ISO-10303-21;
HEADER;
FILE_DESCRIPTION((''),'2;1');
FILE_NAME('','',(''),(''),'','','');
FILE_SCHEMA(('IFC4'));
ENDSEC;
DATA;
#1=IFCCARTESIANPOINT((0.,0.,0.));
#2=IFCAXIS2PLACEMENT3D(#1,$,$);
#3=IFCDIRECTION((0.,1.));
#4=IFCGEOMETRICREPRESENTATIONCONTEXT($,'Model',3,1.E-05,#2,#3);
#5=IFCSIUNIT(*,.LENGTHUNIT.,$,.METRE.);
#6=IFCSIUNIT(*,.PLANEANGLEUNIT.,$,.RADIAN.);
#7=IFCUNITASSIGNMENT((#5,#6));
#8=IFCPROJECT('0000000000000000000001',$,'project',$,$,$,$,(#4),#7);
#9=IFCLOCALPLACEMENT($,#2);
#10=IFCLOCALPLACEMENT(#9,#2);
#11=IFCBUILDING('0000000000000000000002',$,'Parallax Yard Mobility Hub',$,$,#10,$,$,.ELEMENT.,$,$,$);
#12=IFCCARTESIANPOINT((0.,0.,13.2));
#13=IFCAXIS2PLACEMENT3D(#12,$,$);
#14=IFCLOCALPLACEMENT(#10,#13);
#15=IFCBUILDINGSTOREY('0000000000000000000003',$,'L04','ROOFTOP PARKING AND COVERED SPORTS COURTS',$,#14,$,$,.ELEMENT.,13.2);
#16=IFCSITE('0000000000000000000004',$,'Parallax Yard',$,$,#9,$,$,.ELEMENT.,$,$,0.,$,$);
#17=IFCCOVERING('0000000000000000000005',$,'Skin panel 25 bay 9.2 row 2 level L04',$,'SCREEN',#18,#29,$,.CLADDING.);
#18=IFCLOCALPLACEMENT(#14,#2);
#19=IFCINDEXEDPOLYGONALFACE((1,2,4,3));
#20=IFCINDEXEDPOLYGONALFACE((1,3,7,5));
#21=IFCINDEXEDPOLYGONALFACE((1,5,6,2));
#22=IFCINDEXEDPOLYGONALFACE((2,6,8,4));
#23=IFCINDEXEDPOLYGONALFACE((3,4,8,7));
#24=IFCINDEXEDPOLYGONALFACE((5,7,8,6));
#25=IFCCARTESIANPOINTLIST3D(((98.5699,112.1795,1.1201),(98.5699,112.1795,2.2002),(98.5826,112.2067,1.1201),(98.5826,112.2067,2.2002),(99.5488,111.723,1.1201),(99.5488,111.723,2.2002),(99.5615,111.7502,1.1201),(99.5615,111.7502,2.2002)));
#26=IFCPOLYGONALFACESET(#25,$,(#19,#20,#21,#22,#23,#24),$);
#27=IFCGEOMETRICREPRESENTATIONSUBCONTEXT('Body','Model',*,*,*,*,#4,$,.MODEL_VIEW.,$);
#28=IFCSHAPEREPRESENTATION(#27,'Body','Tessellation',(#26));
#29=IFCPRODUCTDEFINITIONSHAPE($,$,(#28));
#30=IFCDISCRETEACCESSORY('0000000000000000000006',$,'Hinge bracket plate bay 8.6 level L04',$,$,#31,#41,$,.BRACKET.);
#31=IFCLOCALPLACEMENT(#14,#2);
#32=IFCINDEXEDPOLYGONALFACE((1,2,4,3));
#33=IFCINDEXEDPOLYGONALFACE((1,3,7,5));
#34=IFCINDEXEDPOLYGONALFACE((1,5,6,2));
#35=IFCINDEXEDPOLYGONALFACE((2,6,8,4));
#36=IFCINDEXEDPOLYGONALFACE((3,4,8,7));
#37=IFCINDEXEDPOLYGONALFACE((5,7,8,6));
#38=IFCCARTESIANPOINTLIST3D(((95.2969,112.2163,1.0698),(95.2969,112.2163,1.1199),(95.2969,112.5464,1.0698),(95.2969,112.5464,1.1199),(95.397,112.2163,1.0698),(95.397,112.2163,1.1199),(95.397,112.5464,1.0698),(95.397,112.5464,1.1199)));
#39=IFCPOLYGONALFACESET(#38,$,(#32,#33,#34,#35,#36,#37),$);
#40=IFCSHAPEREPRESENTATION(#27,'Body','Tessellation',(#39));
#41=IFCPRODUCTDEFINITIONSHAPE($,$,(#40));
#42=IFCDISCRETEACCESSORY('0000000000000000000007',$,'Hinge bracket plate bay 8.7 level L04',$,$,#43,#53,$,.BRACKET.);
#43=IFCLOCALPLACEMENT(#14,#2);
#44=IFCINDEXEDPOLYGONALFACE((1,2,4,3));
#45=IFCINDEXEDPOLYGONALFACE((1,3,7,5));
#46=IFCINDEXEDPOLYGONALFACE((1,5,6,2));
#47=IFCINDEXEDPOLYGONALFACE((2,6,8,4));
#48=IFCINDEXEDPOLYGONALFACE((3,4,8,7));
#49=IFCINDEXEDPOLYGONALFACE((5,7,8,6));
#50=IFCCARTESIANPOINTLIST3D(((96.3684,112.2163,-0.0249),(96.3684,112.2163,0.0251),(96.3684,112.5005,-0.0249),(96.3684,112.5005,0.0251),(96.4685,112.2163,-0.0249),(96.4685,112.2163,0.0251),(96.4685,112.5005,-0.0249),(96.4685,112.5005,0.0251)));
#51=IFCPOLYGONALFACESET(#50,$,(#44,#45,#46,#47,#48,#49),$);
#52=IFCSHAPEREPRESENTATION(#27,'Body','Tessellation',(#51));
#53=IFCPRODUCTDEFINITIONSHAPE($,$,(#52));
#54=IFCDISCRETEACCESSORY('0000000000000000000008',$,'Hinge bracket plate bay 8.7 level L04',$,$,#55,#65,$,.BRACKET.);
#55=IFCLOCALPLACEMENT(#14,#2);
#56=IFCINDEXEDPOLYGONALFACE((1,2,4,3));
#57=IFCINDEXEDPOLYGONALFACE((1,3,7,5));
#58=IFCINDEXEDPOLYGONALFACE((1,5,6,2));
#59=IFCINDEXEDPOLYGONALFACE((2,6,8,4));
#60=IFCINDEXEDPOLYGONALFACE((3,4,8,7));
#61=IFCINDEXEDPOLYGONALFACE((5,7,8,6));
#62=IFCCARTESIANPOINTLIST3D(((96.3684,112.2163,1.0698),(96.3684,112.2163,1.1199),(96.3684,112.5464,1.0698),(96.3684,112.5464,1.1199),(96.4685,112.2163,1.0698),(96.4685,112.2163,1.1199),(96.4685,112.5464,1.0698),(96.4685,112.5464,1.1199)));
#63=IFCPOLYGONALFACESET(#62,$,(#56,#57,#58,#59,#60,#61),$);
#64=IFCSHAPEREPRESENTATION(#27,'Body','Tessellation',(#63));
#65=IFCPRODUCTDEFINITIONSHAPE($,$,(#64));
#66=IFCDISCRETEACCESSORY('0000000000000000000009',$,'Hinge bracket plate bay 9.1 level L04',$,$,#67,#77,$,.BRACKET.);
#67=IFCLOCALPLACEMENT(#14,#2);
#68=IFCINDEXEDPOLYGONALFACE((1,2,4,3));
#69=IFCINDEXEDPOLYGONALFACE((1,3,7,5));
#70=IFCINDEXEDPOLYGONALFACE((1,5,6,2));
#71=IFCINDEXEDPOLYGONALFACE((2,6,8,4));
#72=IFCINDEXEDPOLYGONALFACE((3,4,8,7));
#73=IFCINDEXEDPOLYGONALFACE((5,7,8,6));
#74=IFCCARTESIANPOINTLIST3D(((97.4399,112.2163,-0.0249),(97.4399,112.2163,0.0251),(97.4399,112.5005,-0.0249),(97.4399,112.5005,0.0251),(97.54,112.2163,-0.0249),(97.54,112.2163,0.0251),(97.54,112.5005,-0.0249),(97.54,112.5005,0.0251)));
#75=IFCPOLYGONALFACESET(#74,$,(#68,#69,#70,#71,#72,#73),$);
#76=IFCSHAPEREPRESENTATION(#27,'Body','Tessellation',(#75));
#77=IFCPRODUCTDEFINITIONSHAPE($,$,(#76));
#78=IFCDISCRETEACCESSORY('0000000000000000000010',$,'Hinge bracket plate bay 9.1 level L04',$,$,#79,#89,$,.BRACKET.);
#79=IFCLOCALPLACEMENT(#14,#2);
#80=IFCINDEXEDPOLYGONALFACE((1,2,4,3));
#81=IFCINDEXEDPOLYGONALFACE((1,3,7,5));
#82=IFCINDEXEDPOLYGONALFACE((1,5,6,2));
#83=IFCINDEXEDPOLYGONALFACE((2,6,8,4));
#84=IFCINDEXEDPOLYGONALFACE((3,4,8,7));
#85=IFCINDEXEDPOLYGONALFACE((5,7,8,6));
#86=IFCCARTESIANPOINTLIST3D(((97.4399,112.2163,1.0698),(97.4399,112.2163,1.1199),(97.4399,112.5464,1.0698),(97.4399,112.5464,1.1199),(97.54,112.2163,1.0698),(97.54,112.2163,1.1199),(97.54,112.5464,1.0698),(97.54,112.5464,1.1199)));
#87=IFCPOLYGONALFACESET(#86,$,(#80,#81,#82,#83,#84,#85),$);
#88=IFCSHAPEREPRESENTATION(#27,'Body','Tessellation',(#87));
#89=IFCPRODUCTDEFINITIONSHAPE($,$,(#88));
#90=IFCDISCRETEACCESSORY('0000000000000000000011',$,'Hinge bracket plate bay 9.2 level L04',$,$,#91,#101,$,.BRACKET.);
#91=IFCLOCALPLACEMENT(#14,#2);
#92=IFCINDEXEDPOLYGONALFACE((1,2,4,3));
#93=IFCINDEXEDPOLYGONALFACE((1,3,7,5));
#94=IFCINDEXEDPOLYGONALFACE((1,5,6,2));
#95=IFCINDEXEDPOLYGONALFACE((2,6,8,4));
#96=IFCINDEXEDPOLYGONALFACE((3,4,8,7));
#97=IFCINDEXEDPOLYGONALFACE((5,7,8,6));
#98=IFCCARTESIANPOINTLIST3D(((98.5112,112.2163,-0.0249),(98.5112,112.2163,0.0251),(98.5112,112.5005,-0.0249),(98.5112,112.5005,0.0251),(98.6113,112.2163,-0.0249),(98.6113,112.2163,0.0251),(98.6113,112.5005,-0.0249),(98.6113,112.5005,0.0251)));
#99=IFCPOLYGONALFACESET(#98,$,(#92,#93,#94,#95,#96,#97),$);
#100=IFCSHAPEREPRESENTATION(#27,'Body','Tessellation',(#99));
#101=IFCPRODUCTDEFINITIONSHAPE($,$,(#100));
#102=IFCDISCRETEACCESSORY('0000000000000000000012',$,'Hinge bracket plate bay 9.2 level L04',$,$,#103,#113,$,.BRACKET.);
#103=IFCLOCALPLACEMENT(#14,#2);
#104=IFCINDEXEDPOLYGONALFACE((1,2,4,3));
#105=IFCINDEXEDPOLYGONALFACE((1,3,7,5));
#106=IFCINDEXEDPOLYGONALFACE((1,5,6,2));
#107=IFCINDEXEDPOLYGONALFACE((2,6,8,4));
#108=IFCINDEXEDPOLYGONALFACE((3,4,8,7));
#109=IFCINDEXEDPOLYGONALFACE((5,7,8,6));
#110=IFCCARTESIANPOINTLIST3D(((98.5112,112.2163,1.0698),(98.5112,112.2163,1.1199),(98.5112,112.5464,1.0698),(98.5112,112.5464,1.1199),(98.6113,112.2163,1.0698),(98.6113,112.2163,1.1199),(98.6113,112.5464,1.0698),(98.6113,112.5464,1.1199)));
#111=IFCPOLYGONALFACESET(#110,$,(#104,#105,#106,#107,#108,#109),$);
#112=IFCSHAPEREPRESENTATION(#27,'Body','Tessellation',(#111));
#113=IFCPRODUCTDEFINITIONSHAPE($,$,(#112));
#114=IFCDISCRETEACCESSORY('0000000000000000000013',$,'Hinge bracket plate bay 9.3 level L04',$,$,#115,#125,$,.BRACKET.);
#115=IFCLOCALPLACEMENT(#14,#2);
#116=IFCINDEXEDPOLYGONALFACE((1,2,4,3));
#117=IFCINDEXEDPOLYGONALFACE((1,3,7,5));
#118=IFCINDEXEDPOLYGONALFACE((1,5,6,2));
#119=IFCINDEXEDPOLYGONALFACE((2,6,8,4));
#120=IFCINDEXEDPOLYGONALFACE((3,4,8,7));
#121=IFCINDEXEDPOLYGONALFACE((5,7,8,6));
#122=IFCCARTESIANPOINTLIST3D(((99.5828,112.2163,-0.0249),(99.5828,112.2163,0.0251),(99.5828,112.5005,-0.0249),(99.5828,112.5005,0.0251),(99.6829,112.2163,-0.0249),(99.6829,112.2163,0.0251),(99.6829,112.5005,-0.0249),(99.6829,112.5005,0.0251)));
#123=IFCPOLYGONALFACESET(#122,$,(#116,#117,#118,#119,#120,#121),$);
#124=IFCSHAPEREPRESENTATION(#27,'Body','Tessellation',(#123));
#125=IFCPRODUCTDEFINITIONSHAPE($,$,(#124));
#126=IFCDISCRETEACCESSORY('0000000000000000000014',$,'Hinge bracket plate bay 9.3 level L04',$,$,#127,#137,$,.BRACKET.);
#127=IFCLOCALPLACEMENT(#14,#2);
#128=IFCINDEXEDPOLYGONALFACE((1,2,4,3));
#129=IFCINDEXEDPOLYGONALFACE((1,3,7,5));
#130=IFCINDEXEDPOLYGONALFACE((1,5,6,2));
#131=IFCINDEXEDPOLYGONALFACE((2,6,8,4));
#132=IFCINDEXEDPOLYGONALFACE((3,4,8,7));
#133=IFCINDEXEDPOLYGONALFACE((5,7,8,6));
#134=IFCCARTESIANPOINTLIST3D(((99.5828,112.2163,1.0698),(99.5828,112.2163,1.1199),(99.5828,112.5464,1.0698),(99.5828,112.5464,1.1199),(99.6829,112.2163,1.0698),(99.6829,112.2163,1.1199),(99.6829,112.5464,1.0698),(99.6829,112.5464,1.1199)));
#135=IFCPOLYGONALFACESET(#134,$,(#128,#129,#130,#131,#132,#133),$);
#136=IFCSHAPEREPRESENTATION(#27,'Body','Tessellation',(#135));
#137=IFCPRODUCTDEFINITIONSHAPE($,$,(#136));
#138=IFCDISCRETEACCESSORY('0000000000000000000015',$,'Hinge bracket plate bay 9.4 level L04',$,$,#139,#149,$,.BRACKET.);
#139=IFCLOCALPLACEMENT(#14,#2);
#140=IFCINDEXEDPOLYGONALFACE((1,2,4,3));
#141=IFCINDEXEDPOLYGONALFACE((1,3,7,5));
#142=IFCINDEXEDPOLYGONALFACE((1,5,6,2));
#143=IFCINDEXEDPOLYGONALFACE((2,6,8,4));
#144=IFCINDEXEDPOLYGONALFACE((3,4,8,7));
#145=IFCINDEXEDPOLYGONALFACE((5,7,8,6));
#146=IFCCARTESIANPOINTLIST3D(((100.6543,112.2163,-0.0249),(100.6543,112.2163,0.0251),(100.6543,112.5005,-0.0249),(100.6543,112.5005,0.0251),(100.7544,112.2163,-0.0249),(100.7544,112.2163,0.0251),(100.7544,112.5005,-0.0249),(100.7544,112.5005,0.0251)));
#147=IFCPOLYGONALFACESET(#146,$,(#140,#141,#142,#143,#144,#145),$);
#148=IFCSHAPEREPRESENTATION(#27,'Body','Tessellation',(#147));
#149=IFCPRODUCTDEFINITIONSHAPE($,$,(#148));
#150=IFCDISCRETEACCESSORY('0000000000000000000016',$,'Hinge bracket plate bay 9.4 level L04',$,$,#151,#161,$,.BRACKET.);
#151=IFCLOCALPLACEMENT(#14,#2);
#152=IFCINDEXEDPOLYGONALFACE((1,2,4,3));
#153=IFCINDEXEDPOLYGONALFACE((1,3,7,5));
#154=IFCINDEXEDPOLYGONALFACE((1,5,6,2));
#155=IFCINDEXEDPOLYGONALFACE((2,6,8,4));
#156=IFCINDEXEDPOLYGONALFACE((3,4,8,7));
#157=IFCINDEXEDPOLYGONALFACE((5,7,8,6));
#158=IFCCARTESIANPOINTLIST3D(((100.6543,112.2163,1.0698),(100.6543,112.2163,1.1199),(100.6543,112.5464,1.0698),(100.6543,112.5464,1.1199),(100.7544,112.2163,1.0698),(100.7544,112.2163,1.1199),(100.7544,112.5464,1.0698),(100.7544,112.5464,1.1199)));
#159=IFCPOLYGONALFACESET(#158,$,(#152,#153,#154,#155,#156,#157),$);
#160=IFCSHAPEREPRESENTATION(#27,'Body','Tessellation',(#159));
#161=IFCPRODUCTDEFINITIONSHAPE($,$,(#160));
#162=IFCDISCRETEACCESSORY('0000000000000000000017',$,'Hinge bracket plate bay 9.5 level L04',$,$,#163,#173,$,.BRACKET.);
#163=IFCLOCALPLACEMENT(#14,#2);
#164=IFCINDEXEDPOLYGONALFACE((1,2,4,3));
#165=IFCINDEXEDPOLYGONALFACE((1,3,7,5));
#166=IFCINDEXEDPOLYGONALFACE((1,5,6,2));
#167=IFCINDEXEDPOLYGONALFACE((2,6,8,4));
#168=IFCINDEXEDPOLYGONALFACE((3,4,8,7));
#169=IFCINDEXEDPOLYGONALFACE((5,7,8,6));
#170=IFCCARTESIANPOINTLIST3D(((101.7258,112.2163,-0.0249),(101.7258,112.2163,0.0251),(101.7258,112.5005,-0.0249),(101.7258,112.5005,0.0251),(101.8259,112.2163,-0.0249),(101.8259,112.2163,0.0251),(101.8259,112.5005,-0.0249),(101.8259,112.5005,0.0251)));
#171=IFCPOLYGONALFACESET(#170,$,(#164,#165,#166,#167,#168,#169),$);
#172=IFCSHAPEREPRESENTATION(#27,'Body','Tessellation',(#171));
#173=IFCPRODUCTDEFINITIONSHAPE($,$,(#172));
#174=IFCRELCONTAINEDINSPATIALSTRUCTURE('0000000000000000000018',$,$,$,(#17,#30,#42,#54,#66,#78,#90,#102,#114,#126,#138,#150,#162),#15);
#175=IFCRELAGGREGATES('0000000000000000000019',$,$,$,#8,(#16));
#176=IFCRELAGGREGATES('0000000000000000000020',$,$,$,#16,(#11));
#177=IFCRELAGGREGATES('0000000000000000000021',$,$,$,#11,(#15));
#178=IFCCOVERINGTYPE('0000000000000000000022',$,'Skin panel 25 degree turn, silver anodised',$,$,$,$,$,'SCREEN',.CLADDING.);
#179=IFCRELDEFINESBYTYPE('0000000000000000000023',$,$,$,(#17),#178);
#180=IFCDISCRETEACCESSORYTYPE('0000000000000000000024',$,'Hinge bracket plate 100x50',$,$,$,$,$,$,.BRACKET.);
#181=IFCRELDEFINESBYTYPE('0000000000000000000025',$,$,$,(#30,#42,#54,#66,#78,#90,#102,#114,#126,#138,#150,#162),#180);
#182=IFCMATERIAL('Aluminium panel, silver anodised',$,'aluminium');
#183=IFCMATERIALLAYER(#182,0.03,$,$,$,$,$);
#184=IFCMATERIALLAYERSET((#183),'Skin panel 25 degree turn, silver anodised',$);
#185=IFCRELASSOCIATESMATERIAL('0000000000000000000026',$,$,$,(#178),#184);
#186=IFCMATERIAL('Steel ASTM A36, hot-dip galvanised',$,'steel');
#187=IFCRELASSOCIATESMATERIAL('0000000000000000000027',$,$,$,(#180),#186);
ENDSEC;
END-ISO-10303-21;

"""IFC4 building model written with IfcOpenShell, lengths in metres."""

from ifc_helpers import new_model, si_unit, direction, frame, origin, origin_2d, place, context, subcontext, project, spatial, rectangle, extrude, material, layer, layer_set, type_object, element, save


model = new_model("IFC4")

# Units and contexts
model_context = context("Model", 3, precision=1e-05, world=origin(), true_north=direction((0.0, 1.0)))
body_context = subcontext(model_context, "Body", "Model", "MODEL_VIEW")
ifc_project = project(units=[si_unit("LENGTHUNIT", "METRE"), si_unit("PLANEANGLEUNIT", "RADIAN")], contexts=[model_context])

# Site, building, storey
site_placement = place(None, origin())
site = spatial("IfcSite", under=ifc_project, at=site_placement, Name="Parallax Yard", CompositionType="ELEMENT", RefElevation=0.0)
building_placement = place(site_placement, origin())
building = spatial("IfcBuilding", under=site, at=building_placement, Name="Parallax Yard Mobility Hub", CompositionType="ELEMENT")
storey_placement = place(building_placement, frame((0.0, 0.0, 13.2)))
storey = spatial("IfcBuildingStorey", under=building, at=storey_placement, Name="L04", Description="ROOFTOP PARKING AND COVERED SPORTS COURTS", CompositionType="ELEMENT", Elevation=13.2)

# Covering
ifc_material_1 = material(Name="Aluminium panel, silver anodised", Category="aluminium")
ifc_layer_1 = layer(ifc_material_1, 0.03)
ifc_layer_set_1 = layer_set([ifc_layer_1], Name="Skin panel 25 degree turn, silver anodised")
covering_type_1 = type_object("IfcCoveringType", Name="Skin panel 25 degree turn, silver anodised", ElementType="SCREEN", PredefinedType="CLADDING", material=ifc_layer_set_1)
for number, where, z_axis, x_axis, name in (
    (1, (99.0657, 111.9648, 1.1201), (0.0, 0.0, 1.0), (0.906308, -0.422618, 0.0), "Skin panel 25 bay 9.2 row 2 level L04"),
):
    element("IfcCovering", number, at=place(storey_placement, frame(where, z_axis=z_axis, x_axis=x_axis)), inside=storey, type_object=covering_type_1, Name=name, ObjectType="SCREEN", PredefinedType="CLADDING", context=body_context, shape_type="SweptSolid", body=[
        extrude(rectangle(XDim=1.0801, YDim=0.03, at=origin_2d()), origin(), (0.0, 0.0, 1.0), 1.0801),
    ])

# Discrete accessories
ifc_material_2 = material(Name="Steel ASTM A36, hot-dip galvanised", Category="steel")
discrete_accessory_type_1 = type_object("IfcDiscreteAccessoryType", Name="Hinge bracket plate 100x50", PredefinedType="BRACKET", material=ifc_material_2)
discrete_accessory_1_placement = place(storey_placement, frame((95.3469, 112.3813, 1.0698), z_axis=(0.0, 0.0, 1.0), x_axis=(0.0, -1.0, 0.0)))
element("IfcDiscreteAccessory", 2, at=discrete_accessory_1_placement, inside=storey, type_object=discrete_accessory_type_1, Name="Hinge bracket plate bay 8.6 level L04", PredefinedType="BRACKET", context=body_context, shape_type="SweptSolid", body=[
    extrude(rectangle(XDim=0.3301, YDim=0.1001, at=origin_2d()), origin(), (0.0, 0.0, 1.0), 0.05),
])
discrete_accessory_2_placement = place(storey_placement, frame((96.4185, 112.3584, -0.0249), z_axis=(0.0, 0.0, 1.0), x_axis=(0.0, -1.0, 0.0)))
element("IfcDiscreteAccessory", 3, at=discrete_accessory_2_placement, inside=storey, type_object=discrete_accessory_type_1, Name="Hinge bracket plate bay 8.7 level L04", PredefinedType="BRACKET", context=body_context, shape_type="SweptSolid", body=[
    extrude(rectangle(XDim=0.2842, YDim=0.1001, at=origin_2d()), origin(), (0.0, 0.0, 1.0), 0.05),
])
discrete_accessory_3_placement = place(storey_placement, frame((96.4185, 112.3813, 1.0698), z_axis=(0.0, 0.0, 1.0), x_axis=(0.0, -1.0, 0.0)))
element("IfcDiscreteAccessory", 4, at=discrete_accessory_3_placement, inside=storey, type_object=discrete_accessory_type_1, Name="Hinge bracket plate bay 8.7 level L04", PredefinedType="BRACKET", context=body_context, shape_type="SweptSolid", body=[
    extrude(rectangle(XDim=0.3301, YDim=0.1001, at=origin_2d()), origin(), (0.0, 0.0, 1.0), 0.05),
])
discrete_accessory_4_placement = place(storey_placement, frame((97.49, 112.3584, -0.0249), z_axis=(0.0, 0.0, 1.0), x_axis=(0.0, -1.0, 0.0)))
element("IfcDiscreteAccessory", 5, at=discrete_accessory_4_placement, inside=storey, type_object=discrete_accessory_type_1, Name="Hinge bracket plate bay 9.1 level L04", PredefinedType="BRACKET", context=body_context, shape_type="SweptSolid", body=[
    extrude(rectangle(XDim=0.2842, YDim=0.1001, at=origin_2d()), origin(), (0.0, 0.0, 1.0), 0.05),
])
discrete_accessory_5_placement = place(storey_placement, frame((97.49, 112.3813, 1.0698), z_axis=(0.0, 0.0, 1.0), x_axis=(0.0, -1.0, 0.0)))
element("IfcDiscreteAccessory", 6, at=discrete_accessory_5_placement, inside=storey, type_object=discrete_accessory_type_1, Name="Hinge bracket plate bay 9.1 level L04", PredefinedType="BRACKET", context=body_context, shape_type="SweptSolid", body=[
    extrude(rectangle(XDim=0.3301, YDim=0.1001, at=origin_2d()), origin(), (0.0, 0.0, 1.0), 0.05),
])
discrete_accessory_6_placement = place(storey_placement, frame((98.5613, 112.3584, -0.0249), z_axis=(0.0, 0.0, 1.0), x_axis=(0.0, -1.0, 0.0)))
element("IfcDiscreteAccessory", 7, at=discrete_accessory_6_placement, inside=storey, type_object=discrete_accessory_type_1, Name="Hinge bracket plate bay 9.2 level L04", PredefinedType="BRACKET", context=body_context, shape_type="SweptSolid", body=[
    extrude(rectangle(XDim=0.2842, YDim=0.1001, at=origin_2d()), origin(), (0.0, 0.0, 1.0), 0.05),
])
discrete_accessory_7_placement = place(storey_placement, frame((98.5613, 112.3813, 1.0698), z_axis=(0.0, 0.0, 1.0), x_axis=(0.0, -1.0, 0.0)))
element("IfcDiscreteAccessory", 8, at=discrete_accessory_7_placement, inside=storey, type_object=discrete_accessory_type_1, Name="Hinge bracket plate bay 9.2 level L04", PredefinedType="BRACKET", context=body_context, shape_type="SweptSolid", body=[
    extrude(rectangle(XDim=0.3301, YDim=0.1001, at=origin_2d()), origin(), (0.0, 0.0, 1.0), 0.05),
])
discrete_accessory_8_placement = place(storey_placement, frame((99.6328, 112.3584, -0.0249), z_axis=(0.0, 0.0, 1.0), x_axis=(0.0, -1.0, 0.0)))
element("IfcDiscreteAccessory", 9, at=discrete_accessory_8_placement, inside=storey, type_object=discrete_accessory_type_1, Name="Hinge bracket plate bay 9.3 level L04", PredefinedType="BRACKET", context=body_context, shape_type="SweptSolid", body=[
    extrude(rectangle(XDim=0.2842, YDim=0.1001, at=origin_2d()), origin(), (0.0, 0.0, 1.0), 0.05),
])
discrete_accessory_9_placement = place(storey_placement, frame((99.6328, 112.3813, 1.0698), z_axis=(0.0, 0.0, 1.0), x_axis=(0.0, -1.0, 0.0)))
element("IfcDiscreteAccessory", 10, at=discrete_accessory_9_placement, inside=storey, type_object=discrete_accessory_type_1, Name="Hinge bracket plate bay 9.3 level L04", PredefinedType="BRACKET", context=body_context, shape_type="SweptSolid", body=[
    extrude(rectangle(XDim=0.3301, YDim=0.1001, at=origin_2d()), origin(), (0.0, 0.0, 1.0), 0.05),
])
discrete_accessory_10_placement = place(storey_placement, frame((100.7043, 112.3584, -0.0249), z_axis=(0.0, 0.0, 1.0), x_axis=(0.0, -1.0, 0.0)))
element("IfcDiscreteAccessory", 11, at=discrete_accessory_10_placement, inside=storey, type_object=discrete_accessory_type_1, Name="Hinge bracket plate bay 9.4 level L04", PredefinedType="BRACKET", context=body_context, shape_type="SweptSolid", body=[
    extrude(rectangle(XDim=0.2842, YDim=0.1001, at=origin_2d()), origin(), (0.0, 0.0, 1.0), 0.05),
])
discrete_accessory_11_placement = place(storey_placement, frame((100.7043, 112.3813, 1.0698), z_axis=(0.0, 0.0, 1.0), x_axis=(0.0, -1.0, 0.0)))
element("IfcDiscreteAccessory", 12, at=discrete_accessory_11_placement, inside=storey, type_object=discrete_accessory_type_1, Name="Hinge bracket plate bay 9.4 level L04", PredefinedType="BRACKET", context=body_context, shape_type="SweptSolid", body=[
    extrude(rectangle(XDim=0.3301, YDim=0.1001, at=origin_2d()), origin(), (0.0, 0.0, 1.0), 0.05),
])
discrete_accessory_12_placement = place(storey_placement, frame((101.7759, 112.3584, -0.0249), z_axis=(0.0, 0.0, 1.0), x_axis=(0.0, -1.0, 0.0)))
element("IfcDiscreteAccessory", 13, at=discrete_accessory_12_placement, inside=storey, type_object=discrete_accessory_type_1, Name="Hinge bracket plate bay 9.5 level L04", PredefinedType="BRACKET", context=body_context, shape_type="SweptSolid", body=[
    extrude(rectangle(XDim=0.2842, YDim=0.1001, at=origin_2d()), origin(), (0.0, 0.0, 1.0), 0.05),
])

save(model, "model.ifc")
